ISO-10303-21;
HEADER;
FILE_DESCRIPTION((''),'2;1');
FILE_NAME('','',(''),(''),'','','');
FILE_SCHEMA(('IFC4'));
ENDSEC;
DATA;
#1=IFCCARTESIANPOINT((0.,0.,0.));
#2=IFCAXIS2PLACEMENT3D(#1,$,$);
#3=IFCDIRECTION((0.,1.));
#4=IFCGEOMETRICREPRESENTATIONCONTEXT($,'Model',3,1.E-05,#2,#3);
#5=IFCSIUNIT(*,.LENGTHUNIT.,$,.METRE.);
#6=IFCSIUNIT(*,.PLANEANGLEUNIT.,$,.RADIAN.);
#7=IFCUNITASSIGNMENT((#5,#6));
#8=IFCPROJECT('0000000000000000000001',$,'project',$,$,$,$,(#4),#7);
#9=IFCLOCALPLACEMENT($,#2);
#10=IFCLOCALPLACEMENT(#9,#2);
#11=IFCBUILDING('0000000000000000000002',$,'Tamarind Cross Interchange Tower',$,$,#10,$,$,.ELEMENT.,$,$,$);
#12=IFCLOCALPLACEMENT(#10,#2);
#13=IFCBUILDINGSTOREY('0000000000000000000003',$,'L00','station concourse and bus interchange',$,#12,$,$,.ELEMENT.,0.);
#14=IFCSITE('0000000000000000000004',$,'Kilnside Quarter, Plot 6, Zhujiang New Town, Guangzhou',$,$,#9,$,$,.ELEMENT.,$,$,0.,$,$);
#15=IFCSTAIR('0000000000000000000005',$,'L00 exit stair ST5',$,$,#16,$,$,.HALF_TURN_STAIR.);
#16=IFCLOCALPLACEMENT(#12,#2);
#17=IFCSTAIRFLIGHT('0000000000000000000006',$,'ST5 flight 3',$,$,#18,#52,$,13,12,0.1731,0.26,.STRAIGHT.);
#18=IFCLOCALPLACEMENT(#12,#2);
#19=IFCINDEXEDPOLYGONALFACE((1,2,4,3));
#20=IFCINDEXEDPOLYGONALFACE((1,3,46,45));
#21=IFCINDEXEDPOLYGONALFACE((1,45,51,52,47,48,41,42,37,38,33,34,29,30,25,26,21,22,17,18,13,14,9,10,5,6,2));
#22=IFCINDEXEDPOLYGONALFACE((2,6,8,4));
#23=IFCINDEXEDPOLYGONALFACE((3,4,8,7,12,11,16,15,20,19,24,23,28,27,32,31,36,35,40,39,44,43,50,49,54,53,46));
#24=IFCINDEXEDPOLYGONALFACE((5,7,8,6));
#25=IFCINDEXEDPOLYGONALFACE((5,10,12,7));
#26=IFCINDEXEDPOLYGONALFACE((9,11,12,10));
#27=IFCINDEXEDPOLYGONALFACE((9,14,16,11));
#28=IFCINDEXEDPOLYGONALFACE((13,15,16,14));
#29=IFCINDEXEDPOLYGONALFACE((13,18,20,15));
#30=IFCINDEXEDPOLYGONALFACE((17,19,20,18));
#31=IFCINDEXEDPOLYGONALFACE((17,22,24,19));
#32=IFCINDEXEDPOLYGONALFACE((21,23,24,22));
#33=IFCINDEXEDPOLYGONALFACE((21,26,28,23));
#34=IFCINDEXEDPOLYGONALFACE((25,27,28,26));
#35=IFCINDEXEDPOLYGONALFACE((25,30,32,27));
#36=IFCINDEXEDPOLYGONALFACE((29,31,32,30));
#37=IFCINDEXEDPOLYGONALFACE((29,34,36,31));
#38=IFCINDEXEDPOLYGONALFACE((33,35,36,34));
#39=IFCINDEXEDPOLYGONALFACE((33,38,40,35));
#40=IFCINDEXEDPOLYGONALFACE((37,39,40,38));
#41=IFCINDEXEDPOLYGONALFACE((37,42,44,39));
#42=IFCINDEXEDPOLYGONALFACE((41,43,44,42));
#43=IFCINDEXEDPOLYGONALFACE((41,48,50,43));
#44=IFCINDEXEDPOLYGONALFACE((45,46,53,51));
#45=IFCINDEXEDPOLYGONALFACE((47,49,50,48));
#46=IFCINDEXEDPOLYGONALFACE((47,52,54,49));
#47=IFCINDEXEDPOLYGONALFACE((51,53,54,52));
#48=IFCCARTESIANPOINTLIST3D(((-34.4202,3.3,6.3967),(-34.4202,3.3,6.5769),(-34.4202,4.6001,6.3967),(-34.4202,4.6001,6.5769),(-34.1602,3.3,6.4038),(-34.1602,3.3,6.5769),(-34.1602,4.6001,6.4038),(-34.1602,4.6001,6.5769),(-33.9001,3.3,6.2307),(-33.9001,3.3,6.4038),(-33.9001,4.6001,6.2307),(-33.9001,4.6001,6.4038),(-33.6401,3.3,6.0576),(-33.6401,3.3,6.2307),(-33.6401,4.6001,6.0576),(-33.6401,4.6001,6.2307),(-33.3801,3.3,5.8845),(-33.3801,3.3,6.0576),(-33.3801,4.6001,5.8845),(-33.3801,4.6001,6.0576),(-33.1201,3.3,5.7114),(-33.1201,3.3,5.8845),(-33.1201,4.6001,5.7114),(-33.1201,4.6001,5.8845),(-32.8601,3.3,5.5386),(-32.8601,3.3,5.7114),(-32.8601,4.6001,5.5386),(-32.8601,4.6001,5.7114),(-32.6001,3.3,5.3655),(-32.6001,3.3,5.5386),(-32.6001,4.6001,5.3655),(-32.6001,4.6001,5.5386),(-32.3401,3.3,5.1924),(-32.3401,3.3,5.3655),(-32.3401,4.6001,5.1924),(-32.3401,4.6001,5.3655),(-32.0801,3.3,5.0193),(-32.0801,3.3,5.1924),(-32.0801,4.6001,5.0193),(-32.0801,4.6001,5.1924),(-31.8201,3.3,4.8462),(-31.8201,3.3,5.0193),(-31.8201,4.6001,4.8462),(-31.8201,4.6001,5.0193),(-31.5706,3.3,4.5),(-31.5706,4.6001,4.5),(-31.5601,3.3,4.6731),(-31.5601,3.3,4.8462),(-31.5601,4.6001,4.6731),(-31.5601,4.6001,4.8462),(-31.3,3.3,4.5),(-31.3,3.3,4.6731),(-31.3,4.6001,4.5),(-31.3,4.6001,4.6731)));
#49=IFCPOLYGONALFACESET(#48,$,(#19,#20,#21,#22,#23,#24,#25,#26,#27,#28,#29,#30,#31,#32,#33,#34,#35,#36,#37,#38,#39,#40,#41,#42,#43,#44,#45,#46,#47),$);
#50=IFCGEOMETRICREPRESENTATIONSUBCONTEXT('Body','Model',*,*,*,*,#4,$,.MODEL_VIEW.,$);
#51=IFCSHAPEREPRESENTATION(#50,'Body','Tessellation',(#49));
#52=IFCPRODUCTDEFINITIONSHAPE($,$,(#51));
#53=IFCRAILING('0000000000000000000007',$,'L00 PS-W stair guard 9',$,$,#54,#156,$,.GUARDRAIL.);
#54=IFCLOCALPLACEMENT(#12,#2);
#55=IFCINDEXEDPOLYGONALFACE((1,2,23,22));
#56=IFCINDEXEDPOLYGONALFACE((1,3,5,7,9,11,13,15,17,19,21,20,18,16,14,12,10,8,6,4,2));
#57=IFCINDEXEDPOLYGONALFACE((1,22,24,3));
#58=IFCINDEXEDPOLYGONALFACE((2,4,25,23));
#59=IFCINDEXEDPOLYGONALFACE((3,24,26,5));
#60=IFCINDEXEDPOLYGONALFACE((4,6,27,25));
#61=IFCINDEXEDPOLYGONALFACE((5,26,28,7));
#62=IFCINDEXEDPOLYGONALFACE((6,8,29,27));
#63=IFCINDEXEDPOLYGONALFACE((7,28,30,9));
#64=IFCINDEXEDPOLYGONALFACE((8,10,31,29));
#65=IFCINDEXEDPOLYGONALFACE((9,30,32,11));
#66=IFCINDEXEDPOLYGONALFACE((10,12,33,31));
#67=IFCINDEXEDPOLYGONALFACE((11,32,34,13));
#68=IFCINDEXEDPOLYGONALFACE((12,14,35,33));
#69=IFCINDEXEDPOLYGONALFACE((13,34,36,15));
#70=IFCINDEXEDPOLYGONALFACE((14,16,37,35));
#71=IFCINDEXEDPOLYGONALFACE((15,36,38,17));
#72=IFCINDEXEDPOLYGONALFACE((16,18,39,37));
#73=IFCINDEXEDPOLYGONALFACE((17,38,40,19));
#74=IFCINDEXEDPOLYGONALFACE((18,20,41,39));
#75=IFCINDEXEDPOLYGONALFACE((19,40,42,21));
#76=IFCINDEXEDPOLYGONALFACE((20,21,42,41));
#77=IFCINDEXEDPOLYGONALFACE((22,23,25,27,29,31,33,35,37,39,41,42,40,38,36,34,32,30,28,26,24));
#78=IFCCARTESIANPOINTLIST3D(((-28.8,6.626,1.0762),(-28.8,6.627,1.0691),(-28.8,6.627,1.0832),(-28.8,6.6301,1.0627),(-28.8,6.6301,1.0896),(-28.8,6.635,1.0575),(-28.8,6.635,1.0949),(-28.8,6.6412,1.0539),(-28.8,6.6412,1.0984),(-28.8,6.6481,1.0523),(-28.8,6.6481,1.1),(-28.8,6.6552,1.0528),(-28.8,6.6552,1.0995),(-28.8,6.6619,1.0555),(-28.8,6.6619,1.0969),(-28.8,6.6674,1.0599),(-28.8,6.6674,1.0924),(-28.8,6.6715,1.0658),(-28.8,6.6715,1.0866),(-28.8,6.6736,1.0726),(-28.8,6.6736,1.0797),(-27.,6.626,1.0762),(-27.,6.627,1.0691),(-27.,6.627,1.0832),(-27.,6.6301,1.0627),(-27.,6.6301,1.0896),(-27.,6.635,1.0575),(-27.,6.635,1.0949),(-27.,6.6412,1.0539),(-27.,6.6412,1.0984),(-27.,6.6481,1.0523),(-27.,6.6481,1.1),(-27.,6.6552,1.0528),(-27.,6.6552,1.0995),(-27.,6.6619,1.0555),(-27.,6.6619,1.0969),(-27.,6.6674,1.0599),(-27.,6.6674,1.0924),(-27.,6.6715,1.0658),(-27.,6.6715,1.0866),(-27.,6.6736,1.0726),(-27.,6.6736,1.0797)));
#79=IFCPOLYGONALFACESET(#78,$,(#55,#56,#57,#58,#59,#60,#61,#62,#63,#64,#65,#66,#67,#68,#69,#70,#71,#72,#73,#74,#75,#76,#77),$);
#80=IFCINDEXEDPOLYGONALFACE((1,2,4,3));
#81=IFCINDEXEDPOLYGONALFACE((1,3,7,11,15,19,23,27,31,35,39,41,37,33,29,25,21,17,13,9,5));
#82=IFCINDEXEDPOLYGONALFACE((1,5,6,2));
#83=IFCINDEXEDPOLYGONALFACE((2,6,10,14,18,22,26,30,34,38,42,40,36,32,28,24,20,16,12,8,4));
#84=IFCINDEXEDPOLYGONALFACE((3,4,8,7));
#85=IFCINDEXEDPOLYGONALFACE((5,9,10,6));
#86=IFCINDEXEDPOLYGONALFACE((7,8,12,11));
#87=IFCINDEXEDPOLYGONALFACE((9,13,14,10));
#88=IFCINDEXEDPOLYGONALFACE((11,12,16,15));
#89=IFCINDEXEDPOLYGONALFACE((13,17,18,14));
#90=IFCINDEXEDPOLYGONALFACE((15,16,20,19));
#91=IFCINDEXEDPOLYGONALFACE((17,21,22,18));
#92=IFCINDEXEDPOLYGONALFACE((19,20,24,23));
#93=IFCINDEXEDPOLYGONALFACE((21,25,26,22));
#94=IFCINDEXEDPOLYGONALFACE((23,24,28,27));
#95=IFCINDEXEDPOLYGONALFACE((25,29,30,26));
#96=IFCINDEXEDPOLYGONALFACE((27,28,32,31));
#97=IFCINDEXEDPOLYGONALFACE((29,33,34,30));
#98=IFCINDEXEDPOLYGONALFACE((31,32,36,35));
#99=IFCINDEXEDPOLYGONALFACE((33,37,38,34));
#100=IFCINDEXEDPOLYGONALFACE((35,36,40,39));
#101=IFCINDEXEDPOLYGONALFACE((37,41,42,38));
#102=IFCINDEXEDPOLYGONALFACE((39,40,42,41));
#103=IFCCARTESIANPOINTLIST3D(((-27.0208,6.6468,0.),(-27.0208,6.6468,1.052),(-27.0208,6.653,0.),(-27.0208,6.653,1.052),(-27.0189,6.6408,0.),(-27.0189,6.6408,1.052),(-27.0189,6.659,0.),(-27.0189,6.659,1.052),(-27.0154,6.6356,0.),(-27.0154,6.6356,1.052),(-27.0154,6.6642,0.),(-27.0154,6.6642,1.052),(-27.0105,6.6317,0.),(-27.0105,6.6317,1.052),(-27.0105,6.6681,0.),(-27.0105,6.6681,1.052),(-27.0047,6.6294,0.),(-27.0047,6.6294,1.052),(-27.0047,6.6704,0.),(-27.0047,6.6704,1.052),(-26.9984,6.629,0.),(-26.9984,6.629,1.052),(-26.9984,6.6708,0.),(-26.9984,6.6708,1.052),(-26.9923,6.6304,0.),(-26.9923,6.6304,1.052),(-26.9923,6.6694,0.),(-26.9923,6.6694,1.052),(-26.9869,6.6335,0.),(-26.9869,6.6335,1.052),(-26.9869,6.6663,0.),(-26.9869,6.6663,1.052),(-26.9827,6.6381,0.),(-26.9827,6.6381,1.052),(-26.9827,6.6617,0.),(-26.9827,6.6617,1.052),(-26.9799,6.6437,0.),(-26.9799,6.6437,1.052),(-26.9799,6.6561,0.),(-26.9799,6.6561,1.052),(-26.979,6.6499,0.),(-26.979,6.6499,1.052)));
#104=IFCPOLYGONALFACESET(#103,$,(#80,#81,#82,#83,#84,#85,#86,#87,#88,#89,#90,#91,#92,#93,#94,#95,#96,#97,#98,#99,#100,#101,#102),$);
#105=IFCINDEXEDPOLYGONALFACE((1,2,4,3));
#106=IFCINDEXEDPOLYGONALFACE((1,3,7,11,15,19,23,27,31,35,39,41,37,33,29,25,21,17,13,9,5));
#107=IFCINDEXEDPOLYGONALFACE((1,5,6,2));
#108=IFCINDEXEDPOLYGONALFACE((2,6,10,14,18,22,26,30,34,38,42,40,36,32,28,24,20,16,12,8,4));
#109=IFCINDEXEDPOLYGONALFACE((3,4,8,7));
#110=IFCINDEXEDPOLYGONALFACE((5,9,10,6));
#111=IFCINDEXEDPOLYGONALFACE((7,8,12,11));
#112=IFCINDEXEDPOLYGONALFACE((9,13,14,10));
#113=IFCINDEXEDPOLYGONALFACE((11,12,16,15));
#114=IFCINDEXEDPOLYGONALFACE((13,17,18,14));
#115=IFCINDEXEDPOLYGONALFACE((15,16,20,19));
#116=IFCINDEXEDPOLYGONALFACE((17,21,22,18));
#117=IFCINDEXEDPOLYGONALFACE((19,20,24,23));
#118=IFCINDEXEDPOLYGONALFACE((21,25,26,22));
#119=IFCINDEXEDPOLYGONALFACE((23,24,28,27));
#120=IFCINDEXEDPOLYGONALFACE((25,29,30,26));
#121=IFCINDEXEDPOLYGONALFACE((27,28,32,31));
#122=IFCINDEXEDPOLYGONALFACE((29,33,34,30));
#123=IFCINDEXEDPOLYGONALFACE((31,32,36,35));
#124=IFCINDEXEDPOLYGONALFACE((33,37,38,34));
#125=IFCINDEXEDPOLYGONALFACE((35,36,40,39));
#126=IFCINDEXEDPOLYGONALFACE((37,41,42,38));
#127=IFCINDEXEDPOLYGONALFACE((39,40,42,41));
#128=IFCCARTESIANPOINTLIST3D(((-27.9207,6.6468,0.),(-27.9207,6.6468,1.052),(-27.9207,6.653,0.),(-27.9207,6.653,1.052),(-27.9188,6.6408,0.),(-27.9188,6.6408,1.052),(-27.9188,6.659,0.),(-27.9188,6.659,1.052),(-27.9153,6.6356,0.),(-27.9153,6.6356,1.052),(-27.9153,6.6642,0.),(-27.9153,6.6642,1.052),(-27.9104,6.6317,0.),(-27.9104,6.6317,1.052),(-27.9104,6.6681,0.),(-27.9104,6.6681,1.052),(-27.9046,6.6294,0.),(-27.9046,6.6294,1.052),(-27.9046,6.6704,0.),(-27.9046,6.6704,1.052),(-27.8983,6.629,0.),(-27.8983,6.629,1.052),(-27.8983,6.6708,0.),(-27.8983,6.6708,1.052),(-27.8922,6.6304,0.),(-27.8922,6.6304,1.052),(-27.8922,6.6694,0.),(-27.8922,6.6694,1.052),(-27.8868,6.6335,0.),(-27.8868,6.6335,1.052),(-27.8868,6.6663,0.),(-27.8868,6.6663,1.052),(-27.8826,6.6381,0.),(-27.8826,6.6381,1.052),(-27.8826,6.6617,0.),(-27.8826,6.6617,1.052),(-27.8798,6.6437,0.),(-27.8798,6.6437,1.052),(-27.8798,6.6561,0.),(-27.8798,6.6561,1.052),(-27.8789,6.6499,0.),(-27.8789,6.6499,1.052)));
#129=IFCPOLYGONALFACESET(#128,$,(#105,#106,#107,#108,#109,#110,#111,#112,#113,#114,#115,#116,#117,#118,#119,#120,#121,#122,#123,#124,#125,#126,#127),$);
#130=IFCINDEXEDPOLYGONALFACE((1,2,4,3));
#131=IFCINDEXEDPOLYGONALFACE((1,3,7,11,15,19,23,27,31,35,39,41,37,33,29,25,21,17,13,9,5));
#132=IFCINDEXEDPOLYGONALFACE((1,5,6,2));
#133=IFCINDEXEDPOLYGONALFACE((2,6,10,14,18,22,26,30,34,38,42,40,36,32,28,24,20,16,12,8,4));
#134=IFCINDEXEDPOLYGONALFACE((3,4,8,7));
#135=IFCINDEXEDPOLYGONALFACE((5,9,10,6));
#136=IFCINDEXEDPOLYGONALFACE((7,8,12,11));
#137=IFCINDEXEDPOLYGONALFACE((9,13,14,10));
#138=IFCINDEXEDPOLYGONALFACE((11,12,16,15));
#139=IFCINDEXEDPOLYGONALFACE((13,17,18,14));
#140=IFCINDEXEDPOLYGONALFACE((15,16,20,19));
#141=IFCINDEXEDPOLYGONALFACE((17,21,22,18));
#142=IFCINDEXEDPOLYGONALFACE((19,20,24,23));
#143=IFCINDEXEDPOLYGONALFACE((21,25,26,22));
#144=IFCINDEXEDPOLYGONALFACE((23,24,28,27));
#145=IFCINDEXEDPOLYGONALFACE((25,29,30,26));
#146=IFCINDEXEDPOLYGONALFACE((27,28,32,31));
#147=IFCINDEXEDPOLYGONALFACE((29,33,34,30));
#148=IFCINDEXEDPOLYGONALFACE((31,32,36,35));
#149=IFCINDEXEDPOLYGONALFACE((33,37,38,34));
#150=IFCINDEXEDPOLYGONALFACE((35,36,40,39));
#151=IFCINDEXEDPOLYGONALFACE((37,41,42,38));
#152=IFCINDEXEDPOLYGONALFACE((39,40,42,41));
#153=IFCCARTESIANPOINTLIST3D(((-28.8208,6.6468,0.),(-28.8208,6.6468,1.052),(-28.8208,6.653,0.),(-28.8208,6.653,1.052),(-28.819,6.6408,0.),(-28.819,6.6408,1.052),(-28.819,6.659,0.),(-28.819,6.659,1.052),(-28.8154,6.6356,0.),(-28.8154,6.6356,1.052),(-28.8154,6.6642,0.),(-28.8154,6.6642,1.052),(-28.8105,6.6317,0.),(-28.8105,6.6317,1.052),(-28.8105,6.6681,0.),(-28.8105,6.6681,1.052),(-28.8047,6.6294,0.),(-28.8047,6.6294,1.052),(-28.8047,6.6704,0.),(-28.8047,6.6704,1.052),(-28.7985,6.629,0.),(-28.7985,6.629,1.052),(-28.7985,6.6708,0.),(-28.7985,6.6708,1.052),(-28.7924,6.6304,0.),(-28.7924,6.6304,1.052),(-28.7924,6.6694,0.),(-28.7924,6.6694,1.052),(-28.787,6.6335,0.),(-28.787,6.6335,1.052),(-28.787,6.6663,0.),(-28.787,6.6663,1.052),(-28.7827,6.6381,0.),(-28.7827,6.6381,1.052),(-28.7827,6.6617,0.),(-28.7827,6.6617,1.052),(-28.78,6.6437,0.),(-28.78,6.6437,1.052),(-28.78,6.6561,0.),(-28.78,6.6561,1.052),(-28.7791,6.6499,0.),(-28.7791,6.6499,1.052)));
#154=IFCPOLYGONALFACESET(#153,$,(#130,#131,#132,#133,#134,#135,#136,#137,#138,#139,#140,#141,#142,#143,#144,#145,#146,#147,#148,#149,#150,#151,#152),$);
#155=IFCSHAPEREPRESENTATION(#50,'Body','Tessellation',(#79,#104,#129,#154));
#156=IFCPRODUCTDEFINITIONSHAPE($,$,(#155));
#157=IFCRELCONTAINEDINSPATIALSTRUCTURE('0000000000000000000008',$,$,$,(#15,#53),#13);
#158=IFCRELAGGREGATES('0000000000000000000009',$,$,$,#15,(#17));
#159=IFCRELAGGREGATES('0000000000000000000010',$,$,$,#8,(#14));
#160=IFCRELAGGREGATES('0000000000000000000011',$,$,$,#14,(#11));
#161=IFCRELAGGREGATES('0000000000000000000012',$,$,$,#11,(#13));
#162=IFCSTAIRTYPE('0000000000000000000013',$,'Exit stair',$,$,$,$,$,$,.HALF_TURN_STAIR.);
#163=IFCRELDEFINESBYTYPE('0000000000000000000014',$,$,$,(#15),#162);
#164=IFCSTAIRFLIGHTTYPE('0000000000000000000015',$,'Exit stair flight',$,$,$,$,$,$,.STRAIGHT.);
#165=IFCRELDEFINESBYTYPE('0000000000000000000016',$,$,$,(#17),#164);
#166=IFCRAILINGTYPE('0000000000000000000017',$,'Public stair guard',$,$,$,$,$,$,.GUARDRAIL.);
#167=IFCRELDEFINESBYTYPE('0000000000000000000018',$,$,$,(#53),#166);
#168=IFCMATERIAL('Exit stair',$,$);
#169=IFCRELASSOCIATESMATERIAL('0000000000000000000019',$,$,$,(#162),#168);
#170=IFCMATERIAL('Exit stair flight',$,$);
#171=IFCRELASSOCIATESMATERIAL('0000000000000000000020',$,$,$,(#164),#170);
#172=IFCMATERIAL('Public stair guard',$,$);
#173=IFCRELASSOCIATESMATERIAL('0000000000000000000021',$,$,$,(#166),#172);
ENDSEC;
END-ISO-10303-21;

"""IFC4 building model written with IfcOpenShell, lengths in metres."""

from ifc_helpers import new_model, si_unit, direction, frame, origin, origin_2d, place, context, subcontext, project, spatial, polyline, circle, outline, extrude, material, type_object, element, aggregate, save


model = new_model("IFC4")

# Units and contexts
model_context = context("Model", 3, precision=1e-05, world=origin(), true_north=direction((0.0, 1.0)))
body_context = subcontext(model_context, "Body", "Model", "MODEL_VIEW")
ifc_project = project(units=[si_unit("LENGTHUNIT", "METRE"), si_unit("PLANEANGLEUNIT", "RADIAN")], contexts=[model_context])

# Site, building, storey
site_placement = place(None, origin())
site = spatial("IfcSite", under=ifc_project, at=site_placement, Name="Kilnside Quarter, Plot 6, Zhujiang New Town, Guangzhou", CompositionType="ELEMENT", RefElevation=0.0)
building_placement = place(site_placement, origin())
building = spatial("IfcBuilding", under=site, at=building_placement, Name="Tamarind Cross Interchange Tower", CompositionType="ELEMENT")
storey_placement = place(building_placement, origin())
storey = spatial("IfcBuildingStorey", under=building, at=storey_placement, Name="L00", Description="station concourse and bus interchange", CompositionType="ELEMENT", Elevation=0.0)

# Stair, stair flight
ifc_material_1 = material(Name="Exit stair")
stair_type = type_object("IfcStairType", Name="Exit stair", PredefinedType="HALF_TURN_STAIR", material=ifc_material_1)
stair_placement = place(storey_placement, origin())
stair = element("IfcStair", 1, at=stair_placement, inside=storey, type_object=stair_type, Name="L00 exit stair ST5", PredefinedType="HALF_TURN_STAIR")
ifc_material_2 = material(Name="Exit stair flight")
stair_flight_type = type_object("IfcStairFlightType", Name="Exit stair flight", PredefinedType="STRAIGHT", material=ifc_material_2)
stair_flight_1_placement = place(storey_placement, frame((-31.3, 3.95, 4.5), z_axis=(0.0, 0.0, 1.0), x_axis=(-1.0, 0.0, 0.0)))
stair_flight_1 = element("IfcStairFlight", 2, at=stair_flight_1_placement, type_object=stair_flight_type, Name="ST5 flight 3", NumberOfRisers=13, NumberOfTreads=12, PredefinedType="STRAIGHT", RiserHeight=0.1731, TreadLength=0.26, context=body_context, shape_type="SweptSolid", body=[
    extrude(outline(polyline([(0.0, 0.0), (0.0, 0.1731), (0.26, 0.1731), (0.26, 0.3462), (0.52, 0.3462), (0.52, 0.5193), (0.78, 0.5193), (0.78, 0.6924), (1.04, 0.6924), (1.04, 0.8655), (1.3, 0.8655), (1.3, 1.0386), (1.5601, 1.0386), (1.5601, 1.2114), (1.8201, 1.2114), (1.8201, 1.3845), (2.0801, 1.3845), (2.0801, 1.5576), (2.3401, 1.5576), (2.3401, 1.7307), (2.6001, 1.7307), (2.6001, 1.9038), (2.8601, 1.9038), (2.8601, 2.0769), (3.1201, 2.0769), (3.1201, 2.25), (3.1201, 1.8967), (0.2705, 0.0), (0.0, 0.0)])), frame((0.0, 0.6499, 0.0), z_axis=(0.0, -1.0, 0.0), x_axis=(1.0, 0.0, 0.0)), (0.0, 0.0, 1.0), 1.3),
])
aggregate(stair, [stair_flight_1])

# Railing
ifc_material_3 = material(Name="Public stair guard")
railing_type_1 = type_object("IfcRailingType", Name="Public stair guard", PredefinedType="GUARDRAIL", material=ifc_material_3)
railing_1_placement = place(storey_placement, frame((-27.0, 6.6499, 0.0)))
element("IfcRailing", 3, at=railing_1_placement, inside=storey, type_object=railing_type_1, Name="L00 PS-W stair guard 9", PredefinedType="GUARDRAIL", context=body_context, shape_type="SweptSolid", body=[
    extrude(circle(Radius=0.0239, at=origin_2d()), frame((0.0, 0.0, 1.0762), z_axis=(-1.0, 0.0, 0.0), x_axis=(0.0, -1.0, 0.0)), (0.0, 0.0, 1.0), 1.8),
    extrude(circle(Radius=0.021, at=origin_2d()), origin(), (0.0, 0.0, 1.0), 1.052),
    extrude(circle(Radius=0.021, at=origin_2d()), frame((-0.8999, 0.0, 0.0)), (0.0, 0.0, 1.0), 1.052),
    extrude(circle(Radius=0.021, at=origin_2d()), frame((-1.8, 0.0, 0.0)), (0.0, 0.0, 1.0), 1.052),
])

save(model, "model.ifc")
